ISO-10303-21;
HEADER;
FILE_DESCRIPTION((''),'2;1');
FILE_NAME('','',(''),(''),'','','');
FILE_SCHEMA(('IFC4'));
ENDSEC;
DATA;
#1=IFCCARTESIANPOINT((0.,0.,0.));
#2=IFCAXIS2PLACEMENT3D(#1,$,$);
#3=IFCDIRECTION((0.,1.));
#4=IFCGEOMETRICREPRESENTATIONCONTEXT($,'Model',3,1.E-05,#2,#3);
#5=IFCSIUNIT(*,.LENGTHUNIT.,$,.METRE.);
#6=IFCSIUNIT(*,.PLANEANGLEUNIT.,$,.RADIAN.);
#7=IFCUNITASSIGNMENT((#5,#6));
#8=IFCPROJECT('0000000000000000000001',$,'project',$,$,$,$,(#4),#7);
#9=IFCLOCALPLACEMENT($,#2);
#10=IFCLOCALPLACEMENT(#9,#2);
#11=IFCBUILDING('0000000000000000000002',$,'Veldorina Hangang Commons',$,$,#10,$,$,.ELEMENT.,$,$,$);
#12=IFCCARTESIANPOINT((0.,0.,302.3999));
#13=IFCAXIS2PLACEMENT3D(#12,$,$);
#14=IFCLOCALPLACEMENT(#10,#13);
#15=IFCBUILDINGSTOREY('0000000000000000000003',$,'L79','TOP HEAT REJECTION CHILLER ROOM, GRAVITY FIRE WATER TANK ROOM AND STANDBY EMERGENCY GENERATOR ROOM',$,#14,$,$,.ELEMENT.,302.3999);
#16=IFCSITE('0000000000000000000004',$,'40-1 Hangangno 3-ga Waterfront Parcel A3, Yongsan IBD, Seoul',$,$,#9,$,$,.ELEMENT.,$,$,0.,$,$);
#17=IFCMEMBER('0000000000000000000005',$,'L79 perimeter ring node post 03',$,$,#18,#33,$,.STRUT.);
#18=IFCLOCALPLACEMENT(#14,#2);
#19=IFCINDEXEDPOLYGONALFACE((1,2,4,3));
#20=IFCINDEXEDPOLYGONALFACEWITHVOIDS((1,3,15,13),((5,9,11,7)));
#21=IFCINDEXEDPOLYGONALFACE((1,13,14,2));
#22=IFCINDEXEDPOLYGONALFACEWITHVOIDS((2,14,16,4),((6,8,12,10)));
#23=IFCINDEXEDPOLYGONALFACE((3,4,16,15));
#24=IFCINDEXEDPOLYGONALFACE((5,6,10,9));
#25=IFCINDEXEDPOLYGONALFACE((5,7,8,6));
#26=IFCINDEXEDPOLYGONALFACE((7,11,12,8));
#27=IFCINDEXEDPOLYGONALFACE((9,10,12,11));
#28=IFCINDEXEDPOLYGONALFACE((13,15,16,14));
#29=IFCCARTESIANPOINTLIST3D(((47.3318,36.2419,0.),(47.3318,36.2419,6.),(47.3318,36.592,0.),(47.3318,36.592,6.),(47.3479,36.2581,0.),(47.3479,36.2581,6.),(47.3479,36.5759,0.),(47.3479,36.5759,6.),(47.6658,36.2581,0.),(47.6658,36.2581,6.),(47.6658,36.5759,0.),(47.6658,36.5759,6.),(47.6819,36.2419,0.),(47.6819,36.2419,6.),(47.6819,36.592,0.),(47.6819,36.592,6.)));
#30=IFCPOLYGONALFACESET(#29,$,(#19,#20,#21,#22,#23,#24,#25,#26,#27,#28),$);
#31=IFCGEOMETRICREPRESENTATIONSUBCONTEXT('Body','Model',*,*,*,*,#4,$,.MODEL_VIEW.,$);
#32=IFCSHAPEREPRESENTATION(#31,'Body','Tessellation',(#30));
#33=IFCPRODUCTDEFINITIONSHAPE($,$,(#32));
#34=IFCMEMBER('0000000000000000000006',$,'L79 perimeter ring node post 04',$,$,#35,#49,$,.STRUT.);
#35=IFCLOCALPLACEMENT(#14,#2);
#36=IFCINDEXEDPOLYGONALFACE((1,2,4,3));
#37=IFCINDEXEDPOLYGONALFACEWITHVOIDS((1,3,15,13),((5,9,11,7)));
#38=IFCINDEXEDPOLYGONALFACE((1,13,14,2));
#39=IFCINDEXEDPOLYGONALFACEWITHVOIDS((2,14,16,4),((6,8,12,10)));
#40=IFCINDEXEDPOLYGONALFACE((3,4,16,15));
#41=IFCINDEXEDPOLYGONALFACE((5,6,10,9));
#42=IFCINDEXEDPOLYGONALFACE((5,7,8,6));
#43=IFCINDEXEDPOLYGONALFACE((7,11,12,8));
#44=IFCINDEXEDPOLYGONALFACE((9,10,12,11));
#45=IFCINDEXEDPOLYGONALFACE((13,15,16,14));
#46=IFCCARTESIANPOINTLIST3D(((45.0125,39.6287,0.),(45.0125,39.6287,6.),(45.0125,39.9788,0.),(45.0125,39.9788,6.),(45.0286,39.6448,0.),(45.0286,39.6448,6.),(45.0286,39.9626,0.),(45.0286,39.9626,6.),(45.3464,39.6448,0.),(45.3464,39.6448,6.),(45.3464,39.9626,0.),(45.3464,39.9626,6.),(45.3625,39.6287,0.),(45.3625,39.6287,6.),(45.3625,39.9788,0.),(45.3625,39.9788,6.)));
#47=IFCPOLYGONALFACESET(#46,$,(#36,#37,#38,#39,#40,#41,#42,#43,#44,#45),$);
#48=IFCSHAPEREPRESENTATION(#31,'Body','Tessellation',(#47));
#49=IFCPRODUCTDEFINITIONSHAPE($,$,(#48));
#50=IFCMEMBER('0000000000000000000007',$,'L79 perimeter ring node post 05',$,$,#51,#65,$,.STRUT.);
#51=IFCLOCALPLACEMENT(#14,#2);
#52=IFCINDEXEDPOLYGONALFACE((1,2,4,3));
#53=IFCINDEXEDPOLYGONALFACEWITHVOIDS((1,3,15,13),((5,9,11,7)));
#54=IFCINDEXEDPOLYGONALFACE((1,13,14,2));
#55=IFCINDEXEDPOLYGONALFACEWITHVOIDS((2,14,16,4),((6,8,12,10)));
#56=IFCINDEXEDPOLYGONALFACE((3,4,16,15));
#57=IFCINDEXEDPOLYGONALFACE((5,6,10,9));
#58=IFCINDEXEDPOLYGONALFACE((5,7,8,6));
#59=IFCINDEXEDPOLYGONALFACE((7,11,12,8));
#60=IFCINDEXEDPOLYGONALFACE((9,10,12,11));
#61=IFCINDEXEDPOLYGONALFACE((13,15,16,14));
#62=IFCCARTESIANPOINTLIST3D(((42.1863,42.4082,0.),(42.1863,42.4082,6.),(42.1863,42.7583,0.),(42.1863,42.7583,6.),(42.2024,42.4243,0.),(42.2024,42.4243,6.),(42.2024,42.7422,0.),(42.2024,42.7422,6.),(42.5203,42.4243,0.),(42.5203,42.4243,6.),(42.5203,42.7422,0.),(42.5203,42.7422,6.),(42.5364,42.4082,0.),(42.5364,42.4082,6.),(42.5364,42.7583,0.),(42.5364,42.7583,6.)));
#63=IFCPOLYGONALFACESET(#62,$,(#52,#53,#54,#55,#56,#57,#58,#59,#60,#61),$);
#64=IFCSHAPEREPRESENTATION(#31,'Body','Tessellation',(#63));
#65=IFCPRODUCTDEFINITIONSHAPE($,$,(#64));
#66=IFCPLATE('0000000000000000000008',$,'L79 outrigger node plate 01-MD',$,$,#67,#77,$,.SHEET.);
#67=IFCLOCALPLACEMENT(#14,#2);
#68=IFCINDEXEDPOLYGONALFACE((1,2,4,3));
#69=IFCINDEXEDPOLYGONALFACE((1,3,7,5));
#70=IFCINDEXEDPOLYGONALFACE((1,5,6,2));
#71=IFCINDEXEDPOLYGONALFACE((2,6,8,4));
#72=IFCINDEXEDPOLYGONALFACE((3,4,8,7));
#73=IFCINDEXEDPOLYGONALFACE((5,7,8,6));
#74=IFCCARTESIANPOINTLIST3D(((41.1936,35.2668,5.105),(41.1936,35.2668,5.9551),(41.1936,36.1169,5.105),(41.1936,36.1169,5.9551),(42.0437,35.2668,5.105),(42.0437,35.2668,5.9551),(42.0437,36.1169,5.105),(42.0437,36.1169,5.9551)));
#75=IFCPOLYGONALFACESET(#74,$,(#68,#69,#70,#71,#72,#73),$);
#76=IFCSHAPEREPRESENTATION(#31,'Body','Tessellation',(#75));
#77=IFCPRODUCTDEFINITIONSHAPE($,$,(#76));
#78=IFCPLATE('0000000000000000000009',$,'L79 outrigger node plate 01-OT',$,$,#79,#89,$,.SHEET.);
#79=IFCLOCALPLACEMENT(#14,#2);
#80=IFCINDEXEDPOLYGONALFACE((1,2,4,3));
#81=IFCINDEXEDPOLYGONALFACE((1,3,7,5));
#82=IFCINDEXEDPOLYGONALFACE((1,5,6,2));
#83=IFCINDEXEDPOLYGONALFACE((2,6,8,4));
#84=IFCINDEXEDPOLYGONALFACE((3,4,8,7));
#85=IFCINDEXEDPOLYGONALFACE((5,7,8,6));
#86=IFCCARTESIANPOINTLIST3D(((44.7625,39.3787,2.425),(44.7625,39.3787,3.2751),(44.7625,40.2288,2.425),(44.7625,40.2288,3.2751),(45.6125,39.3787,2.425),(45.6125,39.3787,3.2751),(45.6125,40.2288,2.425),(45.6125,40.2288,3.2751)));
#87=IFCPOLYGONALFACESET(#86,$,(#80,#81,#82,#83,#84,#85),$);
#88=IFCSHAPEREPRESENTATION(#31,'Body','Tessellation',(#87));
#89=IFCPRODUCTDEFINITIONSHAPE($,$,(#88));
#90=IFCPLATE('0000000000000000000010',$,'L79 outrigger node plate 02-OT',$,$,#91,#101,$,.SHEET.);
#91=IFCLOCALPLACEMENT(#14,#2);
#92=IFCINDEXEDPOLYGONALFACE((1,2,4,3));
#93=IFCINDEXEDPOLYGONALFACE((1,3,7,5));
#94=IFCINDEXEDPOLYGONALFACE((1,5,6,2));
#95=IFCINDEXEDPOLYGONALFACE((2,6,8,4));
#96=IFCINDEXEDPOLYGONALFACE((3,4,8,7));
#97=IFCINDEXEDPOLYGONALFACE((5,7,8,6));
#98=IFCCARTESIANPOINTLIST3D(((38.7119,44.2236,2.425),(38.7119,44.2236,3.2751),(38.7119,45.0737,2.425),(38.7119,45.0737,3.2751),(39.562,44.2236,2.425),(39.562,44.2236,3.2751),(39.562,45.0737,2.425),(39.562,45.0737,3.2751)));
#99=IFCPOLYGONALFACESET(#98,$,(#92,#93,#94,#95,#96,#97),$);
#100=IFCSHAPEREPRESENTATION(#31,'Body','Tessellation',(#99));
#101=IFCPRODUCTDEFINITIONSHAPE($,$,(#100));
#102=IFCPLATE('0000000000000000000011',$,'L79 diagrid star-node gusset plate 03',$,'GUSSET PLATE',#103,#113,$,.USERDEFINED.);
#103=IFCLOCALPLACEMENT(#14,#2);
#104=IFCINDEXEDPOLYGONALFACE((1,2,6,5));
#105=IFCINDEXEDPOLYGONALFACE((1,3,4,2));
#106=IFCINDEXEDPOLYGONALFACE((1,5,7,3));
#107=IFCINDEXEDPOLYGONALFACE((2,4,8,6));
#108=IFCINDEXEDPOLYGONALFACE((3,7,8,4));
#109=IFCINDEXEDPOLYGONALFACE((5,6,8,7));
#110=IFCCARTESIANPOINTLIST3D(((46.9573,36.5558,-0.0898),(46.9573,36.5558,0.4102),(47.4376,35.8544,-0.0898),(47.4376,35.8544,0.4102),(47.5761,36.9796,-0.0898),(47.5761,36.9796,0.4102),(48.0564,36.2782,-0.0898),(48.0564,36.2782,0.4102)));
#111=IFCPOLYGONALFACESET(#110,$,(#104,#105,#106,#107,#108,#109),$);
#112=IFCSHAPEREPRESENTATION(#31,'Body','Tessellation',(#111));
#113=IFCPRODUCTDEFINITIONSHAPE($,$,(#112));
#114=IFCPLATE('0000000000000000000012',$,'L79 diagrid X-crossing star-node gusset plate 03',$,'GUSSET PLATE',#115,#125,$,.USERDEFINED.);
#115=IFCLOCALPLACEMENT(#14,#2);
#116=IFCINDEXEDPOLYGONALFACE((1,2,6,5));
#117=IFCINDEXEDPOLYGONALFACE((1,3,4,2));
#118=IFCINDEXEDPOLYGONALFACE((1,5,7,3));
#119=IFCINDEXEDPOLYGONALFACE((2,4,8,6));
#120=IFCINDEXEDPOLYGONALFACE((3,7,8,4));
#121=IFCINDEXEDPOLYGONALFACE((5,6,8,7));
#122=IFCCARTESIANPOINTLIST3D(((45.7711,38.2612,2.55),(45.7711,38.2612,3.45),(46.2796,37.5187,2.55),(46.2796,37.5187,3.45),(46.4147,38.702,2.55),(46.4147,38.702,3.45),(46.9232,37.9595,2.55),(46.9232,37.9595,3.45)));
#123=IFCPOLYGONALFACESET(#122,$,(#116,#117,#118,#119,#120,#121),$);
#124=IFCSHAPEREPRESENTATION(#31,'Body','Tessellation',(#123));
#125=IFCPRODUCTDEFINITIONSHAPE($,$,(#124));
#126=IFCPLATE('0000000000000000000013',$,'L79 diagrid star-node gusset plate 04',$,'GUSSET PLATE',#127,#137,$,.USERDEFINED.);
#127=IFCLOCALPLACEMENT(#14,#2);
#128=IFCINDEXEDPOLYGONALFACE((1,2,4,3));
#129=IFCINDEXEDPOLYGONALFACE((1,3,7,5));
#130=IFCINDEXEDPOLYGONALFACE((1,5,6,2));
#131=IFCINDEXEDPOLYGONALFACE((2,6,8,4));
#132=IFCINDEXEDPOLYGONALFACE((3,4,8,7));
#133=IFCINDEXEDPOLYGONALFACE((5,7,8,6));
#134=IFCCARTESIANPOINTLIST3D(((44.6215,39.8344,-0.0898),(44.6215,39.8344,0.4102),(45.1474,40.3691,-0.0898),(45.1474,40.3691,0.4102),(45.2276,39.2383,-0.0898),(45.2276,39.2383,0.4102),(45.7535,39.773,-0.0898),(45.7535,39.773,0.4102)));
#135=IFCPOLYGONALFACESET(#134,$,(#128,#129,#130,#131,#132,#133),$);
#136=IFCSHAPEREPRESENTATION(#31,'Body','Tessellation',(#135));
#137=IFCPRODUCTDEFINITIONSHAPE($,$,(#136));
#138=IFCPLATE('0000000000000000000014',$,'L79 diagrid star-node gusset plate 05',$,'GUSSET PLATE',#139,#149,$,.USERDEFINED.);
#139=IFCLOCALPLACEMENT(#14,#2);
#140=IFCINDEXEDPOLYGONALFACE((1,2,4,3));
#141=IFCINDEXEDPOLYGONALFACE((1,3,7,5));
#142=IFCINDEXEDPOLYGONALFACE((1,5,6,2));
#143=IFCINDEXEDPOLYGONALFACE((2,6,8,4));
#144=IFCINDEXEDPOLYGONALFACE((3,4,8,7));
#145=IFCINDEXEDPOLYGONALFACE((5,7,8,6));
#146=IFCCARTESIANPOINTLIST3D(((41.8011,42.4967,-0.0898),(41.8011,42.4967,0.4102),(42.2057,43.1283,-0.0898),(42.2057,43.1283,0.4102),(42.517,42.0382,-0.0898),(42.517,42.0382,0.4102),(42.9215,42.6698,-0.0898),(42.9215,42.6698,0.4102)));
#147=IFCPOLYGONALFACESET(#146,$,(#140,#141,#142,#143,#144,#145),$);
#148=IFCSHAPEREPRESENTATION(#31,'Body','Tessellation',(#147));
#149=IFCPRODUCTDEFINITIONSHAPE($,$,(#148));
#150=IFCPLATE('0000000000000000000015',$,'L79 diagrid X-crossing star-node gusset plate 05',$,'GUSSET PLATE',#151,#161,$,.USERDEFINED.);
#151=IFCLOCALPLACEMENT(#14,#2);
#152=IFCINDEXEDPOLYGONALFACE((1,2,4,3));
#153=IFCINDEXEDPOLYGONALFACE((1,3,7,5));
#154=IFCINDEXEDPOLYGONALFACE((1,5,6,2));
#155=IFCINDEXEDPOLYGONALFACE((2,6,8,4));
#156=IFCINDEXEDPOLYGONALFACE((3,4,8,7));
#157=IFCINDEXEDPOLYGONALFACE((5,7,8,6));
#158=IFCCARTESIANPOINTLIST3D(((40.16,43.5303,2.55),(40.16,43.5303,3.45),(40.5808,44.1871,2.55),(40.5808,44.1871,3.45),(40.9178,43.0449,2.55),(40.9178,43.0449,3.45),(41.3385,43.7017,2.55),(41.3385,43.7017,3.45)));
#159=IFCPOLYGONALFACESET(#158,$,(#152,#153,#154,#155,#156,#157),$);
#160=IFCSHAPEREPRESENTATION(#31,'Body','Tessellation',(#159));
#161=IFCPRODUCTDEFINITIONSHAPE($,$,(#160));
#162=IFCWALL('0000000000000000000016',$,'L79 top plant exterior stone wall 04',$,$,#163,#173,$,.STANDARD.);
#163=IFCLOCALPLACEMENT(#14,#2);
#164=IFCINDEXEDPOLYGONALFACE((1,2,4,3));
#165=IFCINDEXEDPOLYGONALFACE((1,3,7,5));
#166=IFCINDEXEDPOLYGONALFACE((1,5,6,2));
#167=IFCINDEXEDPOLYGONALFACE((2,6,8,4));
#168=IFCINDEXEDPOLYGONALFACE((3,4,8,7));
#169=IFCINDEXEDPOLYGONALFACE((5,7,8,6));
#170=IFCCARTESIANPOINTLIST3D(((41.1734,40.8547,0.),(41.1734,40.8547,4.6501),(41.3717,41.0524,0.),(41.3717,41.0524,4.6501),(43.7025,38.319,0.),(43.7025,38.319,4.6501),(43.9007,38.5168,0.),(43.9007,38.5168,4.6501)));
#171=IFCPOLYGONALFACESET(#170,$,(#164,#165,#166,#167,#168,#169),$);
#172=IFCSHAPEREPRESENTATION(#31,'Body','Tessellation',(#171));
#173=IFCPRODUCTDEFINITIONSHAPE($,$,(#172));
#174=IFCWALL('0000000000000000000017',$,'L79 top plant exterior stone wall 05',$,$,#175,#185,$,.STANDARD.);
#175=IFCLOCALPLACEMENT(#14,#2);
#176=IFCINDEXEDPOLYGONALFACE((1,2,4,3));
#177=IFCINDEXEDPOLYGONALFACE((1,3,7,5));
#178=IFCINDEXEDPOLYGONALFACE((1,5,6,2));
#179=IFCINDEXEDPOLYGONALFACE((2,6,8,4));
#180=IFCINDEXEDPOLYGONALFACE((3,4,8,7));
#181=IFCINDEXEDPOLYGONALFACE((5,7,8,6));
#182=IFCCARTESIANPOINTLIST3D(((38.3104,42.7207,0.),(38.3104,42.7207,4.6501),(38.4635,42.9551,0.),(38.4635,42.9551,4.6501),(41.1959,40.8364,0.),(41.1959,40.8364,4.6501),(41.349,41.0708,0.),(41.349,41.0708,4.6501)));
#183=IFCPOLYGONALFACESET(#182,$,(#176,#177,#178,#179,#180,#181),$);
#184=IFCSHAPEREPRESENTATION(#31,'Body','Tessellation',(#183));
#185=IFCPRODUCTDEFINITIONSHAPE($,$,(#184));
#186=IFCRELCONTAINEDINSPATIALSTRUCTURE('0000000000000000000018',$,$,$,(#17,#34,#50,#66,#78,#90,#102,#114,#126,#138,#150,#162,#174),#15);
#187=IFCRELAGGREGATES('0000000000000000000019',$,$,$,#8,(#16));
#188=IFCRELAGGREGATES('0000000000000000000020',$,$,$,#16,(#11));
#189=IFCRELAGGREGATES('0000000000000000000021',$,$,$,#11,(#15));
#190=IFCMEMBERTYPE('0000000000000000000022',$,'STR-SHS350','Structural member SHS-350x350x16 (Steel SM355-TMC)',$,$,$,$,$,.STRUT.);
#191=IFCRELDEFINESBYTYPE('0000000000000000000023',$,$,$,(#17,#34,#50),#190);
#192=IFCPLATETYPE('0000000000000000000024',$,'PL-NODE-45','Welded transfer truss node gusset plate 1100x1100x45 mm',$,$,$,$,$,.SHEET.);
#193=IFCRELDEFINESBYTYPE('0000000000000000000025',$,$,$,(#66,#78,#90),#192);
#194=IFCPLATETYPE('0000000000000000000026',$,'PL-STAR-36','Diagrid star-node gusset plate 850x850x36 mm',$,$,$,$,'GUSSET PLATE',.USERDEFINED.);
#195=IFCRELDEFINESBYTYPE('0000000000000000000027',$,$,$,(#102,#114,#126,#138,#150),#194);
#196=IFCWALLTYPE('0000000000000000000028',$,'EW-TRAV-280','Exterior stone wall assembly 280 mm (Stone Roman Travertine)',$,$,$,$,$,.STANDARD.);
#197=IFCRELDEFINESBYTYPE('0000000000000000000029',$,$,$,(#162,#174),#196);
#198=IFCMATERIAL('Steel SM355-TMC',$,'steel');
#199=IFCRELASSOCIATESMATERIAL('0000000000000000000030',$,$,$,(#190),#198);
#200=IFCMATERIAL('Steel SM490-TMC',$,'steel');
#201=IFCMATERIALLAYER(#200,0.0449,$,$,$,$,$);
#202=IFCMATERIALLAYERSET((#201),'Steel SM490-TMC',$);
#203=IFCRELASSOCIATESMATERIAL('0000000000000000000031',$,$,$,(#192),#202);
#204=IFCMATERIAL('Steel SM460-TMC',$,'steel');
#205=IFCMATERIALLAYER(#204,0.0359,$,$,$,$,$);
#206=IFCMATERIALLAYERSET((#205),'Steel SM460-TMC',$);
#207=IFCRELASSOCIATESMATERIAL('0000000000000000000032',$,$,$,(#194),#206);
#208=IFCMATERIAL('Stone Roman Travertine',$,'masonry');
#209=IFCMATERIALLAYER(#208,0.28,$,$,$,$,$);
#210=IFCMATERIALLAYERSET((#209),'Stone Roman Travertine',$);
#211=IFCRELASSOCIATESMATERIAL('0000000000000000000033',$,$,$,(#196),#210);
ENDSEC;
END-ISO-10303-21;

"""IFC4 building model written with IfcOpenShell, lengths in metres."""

from ifc_helpers import new_model, si_unit, direction, frame, frame_2d, origin, origin_2d, place, context, subcontext, project, spatial, rectangle, hollow_rectangle, extrude, material, layer, layer_set, material_profile, profile_set, type_object, element, save


model = new_model("IFC4")

# Units and contexts
model_context = context("Model", 3, precision=1e-05, world=origin(), true_north=direction((0.0, 1.0)))
body_context = subcontext(model_context, "Body", "Model", "MODEL_VIEW")
ifc_project = project(units=[si_unit("LENGTHUNIT", "METRE"), si_unit("PLANEANGLEUNIT", "RADIAN")], contexts=[model_context])

# Site, building, storey
site_placement = place(None, origin())
site = spatial("IfcSite", under=ifc_project, at=site_placement, Name="40-1 Hangangno 3-ga Waterfront Parcel A3, Yongsan IBD, Seoul", CompositionType="ELEMENT", RefElevation=0.0)
building_placement = place(site_placement, origin())
building = spatial("IfcBuilding", under=site, at=building_placement, Name="Veldorina Hangang Commons", CompositionType="ELEMENT")
storey_placement = place(building_placement, frame((0.0, 0.0, 302.3999)))
storey = spatial("IfcBuildingStorey", under=building, at=storey_placement, Name="L79", Description="TOP HEAT REJECTION CHILLER ROOM, GRAVITY FIRE WATER TANK ROOM AND STANDBY EMERGENCY GENERATOR ROOM", CompositionType="ELEMENT", Elevation=302.3999)

# Shared definitions
ifc_material_1 = material(Name="Steel SM460-TMC", Category="steel")
ifc_material_2 = material(Name="Steel SM355-TMC", Category="steel")

# Members
ifc_material_profile_1 = material_profile(ifc_material_2, hollow_rectangle(XDim=0.3501, YDim=0.3501, WallThickness=0.0161, at=origin_2d()), Name="SHS-350x350x16")
ifc_profile_set_1 = profile_set([ifc_material_profile_1], Name="Steel SM355-TMC")
member_type_1 = type_object("IfcMemberType", Name="STR-SHS350", Description="Structural member SHS-350x350x16 (Steel SM355-TMC)", PredefinedType="STRUT", material=ifc_profile_set_1)
for number, where, z_axis, x_axis, name in (
    (1, (47.5068, 36.417, 0.0), (0.0, 0.0, 1.0), (1.0, 0.0, 0.0), "L79 perimeter ring node post 03"),
    (2, (45.1875, 39.8037, 0.0), (0.0, 0.0, 1.0), (1.0, 0.0, 0.0), "L79 perimeter ring node post 04"),
    (3, (42.3613, 42.5833, 0.0), (0.0, 0.0, 1.0), (1.0, 0.0, 0.0), "L79 perimeter ring node post 05"),
):
    element("IfcMember", number, at=place(storey_placement, frame(where, z_axis=z_axis, x_axis=x_axis)), inside=storey, type_object=member_type_1, Name=name, PredefinedType="STRUT", context=body_context, shape_type="SweptSolid", body=[
        extrude(hollow_rectangle(XDim=0.3501, YDim=0.3501, WallThickness=0.0161, at=origin_2d()), origin(), (0.0, 0.0, 1.0), 6.0),
    ])

# Plates
ifc_material_3 = material(Name="Steel SM490-TMC", Category="steel")
ifc_layer_1 = layer(ifc_material_3, 0.0449)
ifc_layer_set_1 = layer_set([ifc_layer_1], Name="Steel SM490-TMC")
plate_type_1 = type_object("IfcPlateType", Name="PL-NODE-45", Description="Welded transfer truss node gusset plate 1100x1100x45 mm", PredefinedType="SHEET", material=ifc_layer_set_1)
for number, where, z_axis, x_axis, name in (
    (4, (41.6187, 35.6919, 5.105), (0.0, 0.0, 1.0), (1.0, 0.0, 0.0), "L79 outrigger node plate 01-MD"),
    (5, (45.1875, 39.8037, 2.425), (0.0, 0.0, 1.0), (1.0, 0.0, 0.0), "L79 outrigger node plate 01-OT"),
    (6, (39.137, 44.6487, 2.425), (0.0, 0.0, 1.0), (1.0, 0.0, 0.0), "L79 outrigger node plate 02-OT"),
):
    element("IfcPlate", number, at=place(storey_placement, frame(where, z_axis=z_axis, x_axis=x_axis)), inside=storey, type_object=plate_type_1, Name=name, PredefinedType="SHEET", context=body_context, shape_type="SweptSolid", body=[
        extrude(rectangle(XDim=0.8501, YDim=0.8501, at=origin_2d()), origin(), (0.0, 0.0, 1.0), 0.8501),
    ])
ifc_layer_2 = layer(ifc_material_1, 0.0359)
ifc_layer_set_2 = layer_set([ifc_layer_2], Name="Steel SM460-TMC")
plate_type_2 = type_object("IfcPlateType", Name="PL-STAR-36", Description="Diagrid star-node gusset plate 850x850x36 mm", ElementType="GUSSET PLATE", PredefinedType="USERDEFINED", material=ifc_layer_set_2)
plate_1_placement = place(storey_placement, frame((47.5068, 36.417, -0.0898), z_axis=(0.0, 0.0, 1.0), x_axis=(-0.565039, 0.825064, 0.0)))
element("IfcPlate", 7, at=plate_1_placement, inside=storey, type_object=plate_type_2, Name="L79 diagrid star-node gusset plate 03", ObjectType="GUSSET PLATE", PredefinedType="USERDEFINED", context=body_context, shape_type="SweptSolid", body=[
    extrude(rectangle(XDim=0.8501, YDim=0.75, at=origin_2d()), origin(), (0.0, 0.0, 1.0), 0.5),
])
plate_2_placement = place(storey_placement, frame((46.3472, 38.1104, 2.55), z_axis=(0.0, 0.0, 1.0), x_axis=(-0.565039, 0.825064, 0.0)))
element("IfcPlate", 8, at=plate_2_placement, inside=storey, type_object=plate_type_2, Name="L79 diagrid X-crossing star-node gusset plate 03", ObjectType="GUSSET PLATE", PredefinedType="USERDEFINED", context=body_context, shape_type="SweptSolid", body=[
    extrude(rectangle(XDim=0.8999, YDim=0.78, at=origin_2d()), origin(), (0.0, 0.0, 1.0), 0.8999),
])
for number, where, z_axis, x_axis, name in (
    (9, (45.1875, 39.8037, -0.0898), (0.0, 0.0, 1.0), (-0.712957, 0.701208, 0.0), "L79 diagrid star-node gusset plate 04"),
    (10, (42.3613, 42.5833, -0.0898), (0.0, 0.0, 1.0), (-0.842057, 0.539388, 0.0), "L79 diagrid star-node gusset plate 05"),
):
    element("IfcPlate", number, at=place(storey_placement, frame(where, z_axis=z_axis, x_axis=x_axis)), inside=storey, type_object=plate_type_2, Name=name, ObjectType="GUSSET PLATE", PredefinedType="USERDEFINED", context=body_context, shape_type="SweptSolid", body=[
        extrude(rectangle(XDim=0.8501, YDim=0.75, at=origin_2d()), origin(), (0.0, 0.0, 1.0), 0.5),
    ])
plate_3_placement = place(storey_placement, frame((40.7493, 43.616, 2.55), z_axis=(0.0, 0.0, 1.0), x_axis=(-0.842057, 0.539388, 0.0)))
element("IfcPlate", 11, at=plate_3_placement, inside=storey, type_object=plate_type_2, Name="L79 diagrid X-crossing star-node gusset plate 05", ObjectType="GUSSET PLATE", PredefinedType="USERDEFINED", context=body_context, shape_type="SweptSolid", body=[
    extrude(rectangle(XDim=0.8999, YDim=0.78, at=origin_2d()), origin(), (0.0, 0.0, 1.0), 0.8999),
])

# Walls
ifc_material_4 = material(Name="Stone Roman Travertine", Category="masonry")
ifc_layer_3 = layer(ifc_material_4, 0.28)
ifc_layer_set_3 = layer_set([ifc_layer_3], Name="Stone Roman Travertine")
wall_type = type_object("IfcWallType", Name="EW-TRAV-280", Description="Exterior stone wall assembly 280 mm (Stone Roman Travertine)", PredefinedType="STANDARD", material=ifc_layer_set_3)
wall_1_placement = place(storey_placement, frame((43.8015, 38.418, 0.0), z_axis=(0.0, 0.0, 1.0), x_axis=(-0.706186, 0.708026, 0.0)))
element("IfcWall", 12, at=wall_1_placement, inside=storey, type_object=wall_type, Name="L79 top plant exterior stone wall 04", PredefinedType="STANDARD", context=body_context, shape_type="SweptSolid", body=[
    extrude(rectangle(XDim=3.5813, YDim=0.28, at=frame_2d((1.7905, 0.0))), origin(), (0.0, 0.0, 1.0), 4.6501),
])
wall_2_placement = place(storey_placement, frame((41.2725, 40.9536, 0.0), z_axis=(0.0, 0.0, 1.0), x_axis=(-0.837288, 0.546763, 0.0)))
element("IfcWall", 13, at=wall_2_placement, inside=storey, type_object=wall_type, Name="L79 top plant exterior stone wall 05", PredefinedType="STANDARD", context=body_context, shape_type="SweptSolid", body=[
    extrude(rectangle(XDim=3.4463, YDim=0.28, at=frame_2d((1.7231, 0.0))), origin(), (0.0, 0.0, 1.0), 4.6501),
])

save(model, "model.ifc")
